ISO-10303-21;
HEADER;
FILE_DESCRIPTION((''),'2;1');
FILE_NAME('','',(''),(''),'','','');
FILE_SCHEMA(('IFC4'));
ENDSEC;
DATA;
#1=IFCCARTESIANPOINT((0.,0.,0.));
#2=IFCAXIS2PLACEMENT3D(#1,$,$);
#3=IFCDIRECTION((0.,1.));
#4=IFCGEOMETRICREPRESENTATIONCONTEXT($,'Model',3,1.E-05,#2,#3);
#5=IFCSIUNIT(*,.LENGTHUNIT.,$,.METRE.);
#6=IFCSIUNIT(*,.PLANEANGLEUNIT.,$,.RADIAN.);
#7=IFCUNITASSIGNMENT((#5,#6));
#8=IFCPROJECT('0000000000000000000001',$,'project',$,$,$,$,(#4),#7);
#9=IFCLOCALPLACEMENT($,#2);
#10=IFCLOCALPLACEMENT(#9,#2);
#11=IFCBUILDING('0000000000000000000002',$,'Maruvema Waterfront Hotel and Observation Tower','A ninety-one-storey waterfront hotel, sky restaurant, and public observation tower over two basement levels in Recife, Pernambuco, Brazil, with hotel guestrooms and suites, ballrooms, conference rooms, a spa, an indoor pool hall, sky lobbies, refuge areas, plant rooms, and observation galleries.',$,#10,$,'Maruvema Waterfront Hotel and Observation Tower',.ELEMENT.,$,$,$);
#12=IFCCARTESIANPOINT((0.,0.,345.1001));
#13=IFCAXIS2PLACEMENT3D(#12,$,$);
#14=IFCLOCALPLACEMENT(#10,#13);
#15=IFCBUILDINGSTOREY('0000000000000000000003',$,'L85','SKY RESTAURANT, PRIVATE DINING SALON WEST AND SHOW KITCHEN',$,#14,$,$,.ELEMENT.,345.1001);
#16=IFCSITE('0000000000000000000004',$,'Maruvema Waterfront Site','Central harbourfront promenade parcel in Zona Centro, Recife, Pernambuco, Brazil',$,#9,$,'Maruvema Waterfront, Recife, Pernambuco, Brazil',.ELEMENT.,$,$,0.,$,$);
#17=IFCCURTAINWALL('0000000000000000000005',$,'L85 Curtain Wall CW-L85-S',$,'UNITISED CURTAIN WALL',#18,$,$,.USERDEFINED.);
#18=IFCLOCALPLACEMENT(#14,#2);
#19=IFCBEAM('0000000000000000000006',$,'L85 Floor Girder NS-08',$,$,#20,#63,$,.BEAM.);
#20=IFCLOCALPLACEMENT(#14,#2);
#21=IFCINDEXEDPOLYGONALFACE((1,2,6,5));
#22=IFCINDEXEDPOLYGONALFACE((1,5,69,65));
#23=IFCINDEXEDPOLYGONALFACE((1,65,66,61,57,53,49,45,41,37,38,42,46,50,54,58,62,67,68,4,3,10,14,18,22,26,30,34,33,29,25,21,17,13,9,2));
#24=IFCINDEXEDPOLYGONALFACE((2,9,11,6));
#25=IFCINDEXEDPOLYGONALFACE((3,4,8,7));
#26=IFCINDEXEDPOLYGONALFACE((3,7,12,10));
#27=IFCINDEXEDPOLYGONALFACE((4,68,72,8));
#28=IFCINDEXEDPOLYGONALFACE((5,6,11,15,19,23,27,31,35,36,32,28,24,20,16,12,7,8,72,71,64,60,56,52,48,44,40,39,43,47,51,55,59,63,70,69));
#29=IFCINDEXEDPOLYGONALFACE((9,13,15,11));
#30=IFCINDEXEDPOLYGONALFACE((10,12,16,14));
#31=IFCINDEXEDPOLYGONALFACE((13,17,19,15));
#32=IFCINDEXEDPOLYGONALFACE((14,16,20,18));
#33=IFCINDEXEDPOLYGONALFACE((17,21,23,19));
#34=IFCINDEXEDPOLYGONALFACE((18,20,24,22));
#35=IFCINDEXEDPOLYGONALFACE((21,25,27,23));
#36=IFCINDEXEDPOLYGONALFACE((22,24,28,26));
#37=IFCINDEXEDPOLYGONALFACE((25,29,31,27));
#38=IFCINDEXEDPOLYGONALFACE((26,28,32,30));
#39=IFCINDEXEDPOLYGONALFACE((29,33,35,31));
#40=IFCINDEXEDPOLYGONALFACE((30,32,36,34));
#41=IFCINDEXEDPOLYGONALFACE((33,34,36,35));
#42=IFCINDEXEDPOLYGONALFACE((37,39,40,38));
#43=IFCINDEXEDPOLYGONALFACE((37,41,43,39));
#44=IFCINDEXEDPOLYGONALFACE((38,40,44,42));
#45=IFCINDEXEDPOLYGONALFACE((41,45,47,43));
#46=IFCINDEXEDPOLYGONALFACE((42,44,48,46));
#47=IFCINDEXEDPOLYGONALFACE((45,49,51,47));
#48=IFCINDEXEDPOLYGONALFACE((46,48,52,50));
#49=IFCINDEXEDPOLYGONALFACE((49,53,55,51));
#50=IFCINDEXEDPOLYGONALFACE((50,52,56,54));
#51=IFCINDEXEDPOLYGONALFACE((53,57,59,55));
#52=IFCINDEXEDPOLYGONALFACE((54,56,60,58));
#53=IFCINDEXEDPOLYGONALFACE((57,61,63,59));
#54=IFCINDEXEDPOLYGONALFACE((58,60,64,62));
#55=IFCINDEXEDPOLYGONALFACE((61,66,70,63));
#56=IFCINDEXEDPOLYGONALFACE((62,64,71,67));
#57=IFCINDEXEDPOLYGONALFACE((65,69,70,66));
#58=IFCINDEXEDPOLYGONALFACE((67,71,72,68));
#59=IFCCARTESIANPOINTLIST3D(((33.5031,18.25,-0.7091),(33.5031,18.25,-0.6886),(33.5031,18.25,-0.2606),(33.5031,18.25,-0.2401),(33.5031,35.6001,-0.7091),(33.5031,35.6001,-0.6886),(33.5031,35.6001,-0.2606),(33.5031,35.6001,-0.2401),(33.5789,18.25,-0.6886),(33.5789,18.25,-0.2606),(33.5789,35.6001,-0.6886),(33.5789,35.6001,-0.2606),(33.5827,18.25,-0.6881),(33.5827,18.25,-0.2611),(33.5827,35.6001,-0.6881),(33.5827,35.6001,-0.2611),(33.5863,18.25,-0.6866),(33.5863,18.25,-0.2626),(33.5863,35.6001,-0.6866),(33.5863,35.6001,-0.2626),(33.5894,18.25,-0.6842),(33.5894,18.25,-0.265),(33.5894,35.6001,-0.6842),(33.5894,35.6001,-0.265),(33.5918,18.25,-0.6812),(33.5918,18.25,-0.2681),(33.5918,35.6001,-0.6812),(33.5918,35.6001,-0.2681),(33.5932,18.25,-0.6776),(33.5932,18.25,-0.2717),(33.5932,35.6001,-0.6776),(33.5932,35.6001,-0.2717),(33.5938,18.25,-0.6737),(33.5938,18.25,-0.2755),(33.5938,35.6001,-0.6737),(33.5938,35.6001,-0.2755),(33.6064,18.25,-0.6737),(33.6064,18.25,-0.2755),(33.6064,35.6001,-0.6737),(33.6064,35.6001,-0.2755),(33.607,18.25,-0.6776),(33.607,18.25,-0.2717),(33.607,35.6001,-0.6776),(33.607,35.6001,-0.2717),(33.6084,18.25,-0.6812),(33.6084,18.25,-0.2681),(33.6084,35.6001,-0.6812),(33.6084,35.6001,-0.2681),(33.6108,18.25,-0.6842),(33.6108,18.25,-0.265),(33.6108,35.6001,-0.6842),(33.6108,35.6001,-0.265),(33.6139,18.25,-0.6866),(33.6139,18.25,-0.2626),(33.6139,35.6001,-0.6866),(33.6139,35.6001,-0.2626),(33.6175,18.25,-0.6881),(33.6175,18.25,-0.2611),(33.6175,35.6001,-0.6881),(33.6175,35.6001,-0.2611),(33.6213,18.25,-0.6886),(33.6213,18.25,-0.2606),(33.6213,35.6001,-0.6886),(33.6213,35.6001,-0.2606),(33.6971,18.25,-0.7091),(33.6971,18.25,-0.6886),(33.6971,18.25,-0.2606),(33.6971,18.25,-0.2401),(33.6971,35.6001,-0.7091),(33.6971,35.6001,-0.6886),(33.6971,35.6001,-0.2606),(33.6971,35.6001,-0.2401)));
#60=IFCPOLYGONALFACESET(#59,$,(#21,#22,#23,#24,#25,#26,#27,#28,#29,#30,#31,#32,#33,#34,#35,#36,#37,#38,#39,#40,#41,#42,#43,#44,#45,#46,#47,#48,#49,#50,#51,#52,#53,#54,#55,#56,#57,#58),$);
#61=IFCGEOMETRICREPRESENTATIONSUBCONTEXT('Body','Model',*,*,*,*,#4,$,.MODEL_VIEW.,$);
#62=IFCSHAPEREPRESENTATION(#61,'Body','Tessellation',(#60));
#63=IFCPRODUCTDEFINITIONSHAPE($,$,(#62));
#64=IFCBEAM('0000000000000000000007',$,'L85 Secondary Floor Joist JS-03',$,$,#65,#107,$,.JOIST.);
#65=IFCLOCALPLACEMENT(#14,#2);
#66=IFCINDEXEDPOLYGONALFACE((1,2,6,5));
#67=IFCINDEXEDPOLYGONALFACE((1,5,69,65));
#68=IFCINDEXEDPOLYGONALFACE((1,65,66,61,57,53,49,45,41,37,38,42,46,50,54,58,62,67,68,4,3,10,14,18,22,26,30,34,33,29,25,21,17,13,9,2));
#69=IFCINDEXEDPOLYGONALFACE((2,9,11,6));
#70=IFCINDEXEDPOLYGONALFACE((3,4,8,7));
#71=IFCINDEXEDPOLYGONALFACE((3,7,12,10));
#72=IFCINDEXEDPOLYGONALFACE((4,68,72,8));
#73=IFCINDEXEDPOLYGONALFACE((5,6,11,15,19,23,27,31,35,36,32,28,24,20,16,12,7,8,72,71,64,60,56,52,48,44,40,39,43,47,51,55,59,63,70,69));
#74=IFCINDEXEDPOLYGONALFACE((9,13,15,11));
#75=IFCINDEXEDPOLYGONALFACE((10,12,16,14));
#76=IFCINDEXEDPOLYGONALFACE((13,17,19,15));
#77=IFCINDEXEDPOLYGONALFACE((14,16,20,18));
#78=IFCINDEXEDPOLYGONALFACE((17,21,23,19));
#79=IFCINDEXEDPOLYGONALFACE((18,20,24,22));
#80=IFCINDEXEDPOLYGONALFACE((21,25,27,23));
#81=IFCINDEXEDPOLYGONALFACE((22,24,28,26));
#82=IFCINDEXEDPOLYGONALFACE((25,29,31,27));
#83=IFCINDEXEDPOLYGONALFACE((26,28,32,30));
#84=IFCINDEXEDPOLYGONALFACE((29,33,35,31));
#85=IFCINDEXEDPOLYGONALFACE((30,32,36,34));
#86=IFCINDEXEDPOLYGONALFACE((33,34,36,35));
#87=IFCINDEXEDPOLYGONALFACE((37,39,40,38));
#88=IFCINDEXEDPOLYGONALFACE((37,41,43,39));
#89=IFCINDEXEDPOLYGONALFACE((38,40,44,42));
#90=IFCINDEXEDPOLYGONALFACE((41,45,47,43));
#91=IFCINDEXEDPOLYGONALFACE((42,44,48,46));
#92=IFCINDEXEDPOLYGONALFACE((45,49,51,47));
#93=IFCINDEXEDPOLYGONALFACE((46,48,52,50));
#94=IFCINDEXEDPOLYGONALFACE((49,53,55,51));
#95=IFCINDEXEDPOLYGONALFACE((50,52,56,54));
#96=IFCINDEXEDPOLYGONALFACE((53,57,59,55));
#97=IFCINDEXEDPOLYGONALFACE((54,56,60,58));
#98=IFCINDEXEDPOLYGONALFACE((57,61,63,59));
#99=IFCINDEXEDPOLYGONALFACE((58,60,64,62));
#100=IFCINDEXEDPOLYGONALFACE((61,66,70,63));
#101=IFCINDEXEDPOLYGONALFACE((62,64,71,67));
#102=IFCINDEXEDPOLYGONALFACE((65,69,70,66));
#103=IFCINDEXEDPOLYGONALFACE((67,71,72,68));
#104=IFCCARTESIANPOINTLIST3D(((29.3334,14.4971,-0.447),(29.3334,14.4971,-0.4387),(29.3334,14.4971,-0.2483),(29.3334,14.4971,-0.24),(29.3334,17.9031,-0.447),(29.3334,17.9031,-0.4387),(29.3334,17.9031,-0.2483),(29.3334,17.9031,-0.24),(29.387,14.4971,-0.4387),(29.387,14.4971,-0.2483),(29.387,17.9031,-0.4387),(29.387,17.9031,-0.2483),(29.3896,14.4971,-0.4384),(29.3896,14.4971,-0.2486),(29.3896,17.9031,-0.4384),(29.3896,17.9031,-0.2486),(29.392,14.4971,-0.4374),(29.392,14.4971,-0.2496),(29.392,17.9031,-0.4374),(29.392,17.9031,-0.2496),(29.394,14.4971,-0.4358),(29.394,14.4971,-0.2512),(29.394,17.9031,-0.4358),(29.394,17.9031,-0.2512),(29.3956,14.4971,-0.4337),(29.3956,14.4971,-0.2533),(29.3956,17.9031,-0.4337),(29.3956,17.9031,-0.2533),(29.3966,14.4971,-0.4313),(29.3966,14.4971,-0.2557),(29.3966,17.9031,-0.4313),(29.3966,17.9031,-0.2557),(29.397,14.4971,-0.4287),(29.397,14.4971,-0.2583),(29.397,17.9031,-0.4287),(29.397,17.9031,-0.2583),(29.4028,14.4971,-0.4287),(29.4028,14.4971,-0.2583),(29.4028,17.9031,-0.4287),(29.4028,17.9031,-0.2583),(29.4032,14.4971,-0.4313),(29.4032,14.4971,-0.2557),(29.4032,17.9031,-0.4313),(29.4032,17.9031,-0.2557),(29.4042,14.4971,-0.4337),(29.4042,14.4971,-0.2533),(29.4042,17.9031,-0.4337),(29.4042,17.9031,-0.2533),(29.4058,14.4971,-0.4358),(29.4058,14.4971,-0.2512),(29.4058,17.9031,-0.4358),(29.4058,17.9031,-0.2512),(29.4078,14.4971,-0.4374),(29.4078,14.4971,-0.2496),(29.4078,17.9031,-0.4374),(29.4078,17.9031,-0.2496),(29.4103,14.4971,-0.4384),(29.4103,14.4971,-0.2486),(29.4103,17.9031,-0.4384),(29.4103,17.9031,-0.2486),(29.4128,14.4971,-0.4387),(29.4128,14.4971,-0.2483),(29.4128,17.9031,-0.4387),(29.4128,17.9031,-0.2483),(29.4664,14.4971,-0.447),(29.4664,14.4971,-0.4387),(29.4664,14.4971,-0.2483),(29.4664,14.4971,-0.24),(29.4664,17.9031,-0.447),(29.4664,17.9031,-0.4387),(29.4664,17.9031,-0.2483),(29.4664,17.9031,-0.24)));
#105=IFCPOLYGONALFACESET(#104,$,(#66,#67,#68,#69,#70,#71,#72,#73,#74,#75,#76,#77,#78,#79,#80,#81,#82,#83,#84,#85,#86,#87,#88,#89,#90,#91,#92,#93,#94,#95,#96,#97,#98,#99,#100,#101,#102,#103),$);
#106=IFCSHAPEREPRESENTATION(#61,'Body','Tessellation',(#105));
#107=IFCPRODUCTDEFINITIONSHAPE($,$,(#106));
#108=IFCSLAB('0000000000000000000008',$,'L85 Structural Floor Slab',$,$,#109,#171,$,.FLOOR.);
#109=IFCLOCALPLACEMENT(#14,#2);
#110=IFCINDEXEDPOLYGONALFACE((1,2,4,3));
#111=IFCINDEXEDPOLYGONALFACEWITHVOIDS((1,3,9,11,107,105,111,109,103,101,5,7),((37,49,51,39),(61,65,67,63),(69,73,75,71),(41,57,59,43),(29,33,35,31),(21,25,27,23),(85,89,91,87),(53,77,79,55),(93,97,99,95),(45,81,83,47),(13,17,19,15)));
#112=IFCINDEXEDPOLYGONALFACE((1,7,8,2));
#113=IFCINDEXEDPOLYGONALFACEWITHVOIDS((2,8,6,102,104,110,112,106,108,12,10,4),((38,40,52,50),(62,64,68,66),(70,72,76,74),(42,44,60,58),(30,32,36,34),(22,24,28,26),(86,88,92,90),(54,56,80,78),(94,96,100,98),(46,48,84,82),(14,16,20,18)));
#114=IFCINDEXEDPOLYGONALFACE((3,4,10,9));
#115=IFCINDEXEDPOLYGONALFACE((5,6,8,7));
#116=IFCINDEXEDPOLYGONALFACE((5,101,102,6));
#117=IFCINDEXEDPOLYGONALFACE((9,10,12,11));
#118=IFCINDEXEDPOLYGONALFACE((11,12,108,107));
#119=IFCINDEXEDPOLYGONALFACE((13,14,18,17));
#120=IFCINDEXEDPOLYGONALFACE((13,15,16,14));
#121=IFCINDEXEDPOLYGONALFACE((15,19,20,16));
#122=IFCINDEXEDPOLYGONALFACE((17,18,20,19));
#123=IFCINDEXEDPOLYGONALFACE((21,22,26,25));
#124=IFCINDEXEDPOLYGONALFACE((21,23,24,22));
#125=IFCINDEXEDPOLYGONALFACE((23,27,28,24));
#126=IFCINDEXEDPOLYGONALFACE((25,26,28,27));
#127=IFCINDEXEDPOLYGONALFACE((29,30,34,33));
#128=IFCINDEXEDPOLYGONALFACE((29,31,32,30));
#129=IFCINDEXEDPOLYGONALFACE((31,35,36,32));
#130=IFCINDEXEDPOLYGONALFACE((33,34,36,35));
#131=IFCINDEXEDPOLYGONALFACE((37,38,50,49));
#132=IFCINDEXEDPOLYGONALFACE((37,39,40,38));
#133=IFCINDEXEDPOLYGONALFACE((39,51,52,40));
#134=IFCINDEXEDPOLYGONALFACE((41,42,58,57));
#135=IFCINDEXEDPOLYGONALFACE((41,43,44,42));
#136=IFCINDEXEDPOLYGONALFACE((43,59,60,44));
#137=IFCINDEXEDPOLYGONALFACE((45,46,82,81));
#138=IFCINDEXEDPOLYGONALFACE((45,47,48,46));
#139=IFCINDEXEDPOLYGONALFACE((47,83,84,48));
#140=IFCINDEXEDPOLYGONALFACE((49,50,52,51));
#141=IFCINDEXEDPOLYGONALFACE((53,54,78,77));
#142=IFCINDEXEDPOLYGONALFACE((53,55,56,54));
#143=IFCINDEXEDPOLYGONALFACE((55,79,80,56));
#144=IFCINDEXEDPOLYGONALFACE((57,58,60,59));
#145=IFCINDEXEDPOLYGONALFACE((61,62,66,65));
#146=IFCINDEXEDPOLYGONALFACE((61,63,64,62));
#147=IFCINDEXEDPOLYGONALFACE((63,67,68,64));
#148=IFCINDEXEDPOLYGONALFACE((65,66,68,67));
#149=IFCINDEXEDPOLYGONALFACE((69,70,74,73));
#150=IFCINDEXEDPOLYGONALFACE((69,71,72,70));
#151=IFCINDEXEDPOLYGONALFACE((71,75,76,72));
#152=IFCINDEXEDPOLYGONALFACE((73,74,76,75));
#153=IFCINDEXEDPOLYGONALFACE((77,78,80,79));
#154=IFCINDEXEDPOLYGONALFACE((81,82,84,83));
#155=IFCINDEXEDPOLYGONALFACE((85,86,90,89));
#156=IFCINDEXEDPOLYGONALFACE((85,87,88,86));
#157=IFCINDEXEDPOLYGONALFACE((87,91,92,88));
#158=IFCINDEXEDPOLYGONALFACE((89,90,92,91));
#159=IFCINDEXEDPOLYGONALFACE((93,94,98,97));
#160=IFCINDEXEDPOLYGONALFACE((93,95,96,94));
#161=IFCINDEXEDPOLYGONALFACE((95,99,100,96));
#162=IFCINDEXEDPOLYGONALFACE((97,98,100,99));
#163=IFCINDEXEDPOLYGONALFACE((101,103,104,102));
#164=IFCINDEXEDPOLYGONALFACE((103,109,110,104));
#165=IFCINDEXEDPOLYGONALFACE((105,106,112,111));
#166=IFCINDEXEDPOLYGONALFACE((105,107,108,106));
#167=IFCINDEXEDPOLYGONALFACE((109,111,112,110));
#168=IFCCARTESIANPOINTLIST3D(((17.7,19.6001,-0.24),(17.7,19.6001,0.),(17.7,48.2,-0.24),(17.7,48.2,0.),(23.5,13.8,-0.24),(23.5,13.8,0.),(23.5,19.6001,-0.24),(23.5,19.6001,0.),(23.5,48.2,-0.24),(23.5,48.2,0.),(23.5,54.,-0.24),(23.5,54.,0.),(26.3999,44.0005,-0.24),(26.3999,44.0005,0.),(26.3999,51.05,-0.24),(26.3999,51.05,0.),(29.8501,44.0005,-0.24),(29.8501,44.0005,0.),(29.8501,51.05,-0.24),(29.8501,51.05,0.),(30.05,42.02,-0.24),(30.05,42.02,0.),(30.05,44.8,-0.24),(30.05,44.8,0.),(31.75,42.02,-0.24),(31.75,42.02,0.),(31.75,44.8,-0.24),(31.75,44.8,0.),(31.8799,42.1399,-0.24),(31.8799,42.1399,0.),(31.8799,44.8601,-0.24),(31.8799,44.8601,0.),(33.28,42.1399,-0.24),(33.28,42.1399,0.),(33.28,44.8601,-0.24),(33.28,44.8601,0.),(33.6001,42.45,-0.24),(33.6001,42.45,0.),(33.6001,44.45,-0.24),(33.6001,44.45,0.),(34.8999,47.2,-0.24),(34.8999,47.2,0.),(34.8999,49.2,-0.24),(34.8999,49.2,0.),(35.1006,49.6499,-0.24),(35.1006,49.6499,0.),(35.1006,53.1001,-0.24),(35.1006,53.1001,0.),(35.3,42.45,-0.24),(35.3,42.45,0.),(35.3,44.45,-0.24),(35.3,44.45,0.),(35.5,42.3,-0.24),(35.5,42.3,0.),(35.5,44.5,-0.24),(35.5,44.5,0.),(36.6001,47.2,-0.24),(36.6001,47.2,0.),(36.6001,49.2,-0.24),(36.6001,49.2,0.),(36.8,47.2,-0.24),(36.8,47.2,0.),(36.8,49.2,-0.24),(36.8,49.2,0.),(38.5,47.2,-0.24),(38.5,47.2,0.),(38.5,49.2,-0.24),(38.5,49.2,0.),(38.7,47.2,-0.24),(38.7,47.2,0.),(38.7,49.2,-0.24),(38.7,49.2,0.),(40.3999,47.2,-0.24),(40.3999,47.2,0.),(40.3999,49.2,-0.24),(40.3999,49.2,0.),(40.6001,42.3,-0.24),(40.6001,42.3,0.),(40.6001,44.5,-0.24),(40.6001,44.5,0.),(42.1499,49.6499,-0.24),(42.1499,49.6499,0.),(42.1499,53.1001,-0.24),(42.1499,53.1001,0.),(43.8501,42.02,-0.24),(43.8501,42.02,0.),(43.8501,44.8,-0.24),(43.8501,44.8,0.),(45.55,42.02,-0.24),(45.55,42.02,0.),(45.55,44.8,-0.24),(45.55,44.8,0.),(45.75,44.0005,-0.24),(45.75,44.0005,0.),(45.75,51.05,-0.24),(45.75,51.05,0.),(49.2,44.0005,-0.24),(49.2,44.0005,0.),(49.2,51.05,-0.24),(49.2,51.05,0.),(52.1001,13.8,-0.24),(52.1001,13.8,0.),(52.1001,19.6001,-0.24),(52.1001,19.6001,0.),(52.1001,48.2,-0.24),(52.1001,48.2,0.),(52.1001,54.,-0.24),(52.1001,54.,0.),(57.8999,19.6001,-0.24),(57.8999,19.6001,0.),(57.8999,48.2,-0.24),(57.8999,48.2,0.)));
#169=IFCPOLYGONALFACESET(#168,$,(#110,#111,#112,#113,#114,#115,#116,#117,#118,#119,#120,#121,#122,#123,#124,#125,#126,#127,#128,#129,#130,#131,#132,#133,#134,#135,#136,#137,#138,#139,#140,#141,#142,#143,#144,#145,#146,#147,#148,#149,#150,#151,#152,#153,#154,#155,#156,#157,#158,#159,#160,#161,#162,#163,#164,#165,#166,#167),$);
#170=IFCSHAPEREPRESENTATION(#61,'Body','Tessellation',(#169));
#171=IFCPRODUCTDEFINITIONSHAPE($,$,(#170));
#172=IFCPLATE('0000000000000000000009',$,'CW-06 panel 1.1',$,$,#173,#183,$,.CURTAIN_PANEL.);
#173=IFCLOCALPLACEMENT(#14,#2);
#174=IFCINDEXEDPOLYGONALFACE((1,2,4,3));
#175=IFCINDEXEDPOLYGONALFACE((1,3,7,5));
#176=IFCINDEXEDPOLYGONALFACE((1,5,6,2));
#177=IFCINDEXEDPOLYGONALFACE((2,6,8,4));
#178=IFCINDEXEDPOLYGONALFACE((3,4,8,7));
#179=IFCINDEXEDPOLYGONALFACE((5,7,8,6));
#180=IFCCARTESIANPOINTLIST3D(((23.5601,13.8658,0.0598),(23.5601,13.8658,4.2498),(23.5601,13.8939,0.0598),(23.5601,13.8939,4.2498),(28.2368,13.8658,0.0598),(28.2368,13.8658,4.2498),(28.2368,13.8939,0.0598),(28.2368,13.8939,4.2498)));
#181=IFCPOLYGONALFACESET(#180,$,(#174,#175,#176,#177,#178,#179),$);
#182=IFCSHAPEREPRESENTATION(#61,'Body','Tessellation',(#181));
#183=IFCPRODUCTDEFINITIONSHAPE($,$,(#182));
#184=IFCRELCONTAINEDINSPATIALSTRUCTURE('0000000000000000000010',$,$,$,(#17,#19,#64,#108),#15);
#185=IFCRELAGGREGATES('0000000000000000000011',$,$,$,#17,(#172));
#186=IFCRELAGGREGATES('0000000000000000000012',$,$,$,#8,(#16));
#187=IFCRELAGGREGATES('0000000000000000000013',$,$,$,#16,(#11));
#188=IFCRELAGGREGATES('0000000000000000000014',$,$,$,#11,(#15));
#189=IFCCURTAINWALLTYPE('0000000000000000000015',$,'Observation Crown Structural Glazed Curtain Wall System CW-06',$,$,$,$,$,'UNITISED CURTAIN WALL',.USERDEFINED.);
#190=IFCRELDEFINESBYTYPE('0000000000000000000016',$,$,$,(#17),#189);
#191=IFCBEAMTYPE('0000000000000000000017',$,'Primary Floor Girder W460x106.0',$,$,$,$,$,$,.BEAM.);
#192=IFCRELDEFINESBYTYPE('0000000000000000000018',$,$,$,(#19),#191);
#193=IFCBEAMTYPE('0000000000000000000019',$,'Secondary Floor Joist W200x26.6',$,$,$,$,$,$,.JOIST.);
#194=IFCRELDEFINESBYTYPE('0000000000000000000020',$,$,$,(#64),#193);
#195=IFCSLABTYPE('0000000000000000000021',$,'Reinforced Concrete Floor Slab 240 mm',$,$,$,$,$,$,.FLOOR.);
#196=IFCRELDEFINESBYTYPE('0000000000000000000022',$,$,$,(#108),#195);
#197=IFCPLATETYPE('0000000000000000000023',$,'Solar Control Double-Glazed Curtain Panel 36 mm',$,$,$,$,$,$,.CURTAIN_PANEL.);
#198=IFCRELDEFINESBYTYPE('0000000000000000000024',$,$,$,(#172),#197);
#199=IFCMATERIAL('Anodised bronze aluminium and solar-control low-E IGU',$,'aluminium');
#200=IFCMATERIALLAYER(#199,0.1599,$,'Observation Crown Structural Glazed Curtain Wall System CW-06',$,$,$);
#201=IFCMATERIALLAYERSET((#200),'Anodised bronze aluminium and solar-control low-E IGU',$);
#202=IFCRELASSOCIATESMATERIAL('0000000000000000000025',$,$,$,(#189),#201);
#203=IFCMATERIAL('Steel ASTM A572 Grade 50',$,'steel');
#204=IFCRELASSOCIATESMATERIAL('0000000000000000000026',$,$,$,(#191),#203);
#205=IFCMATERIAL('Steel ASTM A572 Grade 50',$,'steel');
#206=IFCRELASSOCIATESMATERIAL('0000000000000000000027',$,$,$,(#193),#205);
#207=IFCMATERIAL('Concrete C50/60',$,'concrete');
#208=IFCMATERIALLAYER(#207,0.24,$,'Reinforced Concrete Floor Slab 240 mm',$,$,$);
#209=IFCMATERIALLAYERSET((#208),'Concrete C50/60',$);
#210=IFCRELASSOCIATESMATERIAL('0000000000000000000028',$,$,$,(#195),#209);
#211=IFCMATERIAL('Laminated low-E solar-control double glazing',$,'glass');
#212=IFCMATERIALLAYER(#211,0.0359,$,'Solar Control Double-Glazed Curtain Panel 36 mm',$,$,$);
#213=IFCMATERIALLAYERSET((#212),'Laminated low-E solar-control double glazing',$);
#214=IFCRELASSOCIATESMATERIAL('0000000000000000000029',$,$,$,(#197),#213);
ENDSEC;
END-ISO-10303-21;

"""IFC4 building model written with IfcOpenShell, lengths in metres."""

from ifc_helpers import new_model, si_unit, direction, frame, origin, origin_2d, place, context, subcontext, project, spatial, polyline, rectangle, i_section, outline, extrude, material, layer, layer_set, material_profile, profile_set, type_object, element, aggregate, save


model = new_model("IFC4")

# Units and contexts
model_context = context("Model", 3, precision=1e-05, world=origin(), true_north=direction((0.0, 1.0)))
body_context = subcontext(model_context, "Body", "Model", "MODEL_VIEW")
ifc_project = project(units=[si_unit("LENGTHUNIT", "METRE"), si_unit("PLANEANGLEUNIT", "RADIAN")], contexts=[model_context])

# Site, building, storey
site_placement = place(None, origin())
site = spatial("IfcSite", under=ifc_project, at=site_placement, Name="Maruvema Waterfront Site", Description="Central harbourfront promenade parcel in Zona Centro, Recife, Pernambuco, Brazil", LongName="Maruvema Waterfront, Recife, Pernambuco, Brazil", CompositionType="ELEMENT", RefElevation=0.0)
building_placement = place(site_placement, origin())
building = spatial("IfcBuilding", under=site, at=building_placement, Name="Maruvema Waterfront Hotel and Observation Tower", Description="A ninety-one-storey waterfront hotel, sky restaurant, and public observation tower over two basement levels in Recife, Pernambuco, Brazil, with hotel guestrooms and suites, ballrooms, conference rooms, a spa, an indoor pool hall, sky lobbies, refuge areas, plant rooms, and observation galleries.", LongName="Maruvema Waterfront Hotel and Observation Tower", CompositionType="ELEMENT")
storey_placement = place(building_placement, frame((0.0, 0.0, 345.1001)))
storey = spatial("IfcBuildingStorey", under=building, at=storey_placement, Name="L85", Description="SKY RESTAURANT, PRIVATE DINING SALON WEST AND SHOW KITCHEN", CompositionType="ELEMENT", Elevation=345.1001)

# Curtain wall
ifc_material_1 = material(Name="Anodised bronze aluminium and solar-control low-E IGU", Category="aluminium")
ifc_layer_1 = layer(ifc_material_1, 0.1599, Name="Observation Crown Structural Glazed Curtain Wall System CW-06")
ifc_layer_set_1 = layer_set([ifc_layer_1], Name="Anodised bronze aluminium and solar-control low-E IGU")
curtain_wall_type = type_object("IfcCurtainWallType", Name="Observation Crown Structural Glazed Curtain Wall System CW-06", ElementType="UNITISED CURTAIN WALL", PredefinedType="USERDEFINED", material=ifc_layer_set_1)
curtain_wall_placement = place(storey_placement, origin())
curtain_wall = element("IfcCurtainWall", 1, at=curtain_wall_placement, inside=storey, type_object=curtain_wall_type, Name="L85 Curtain Wall CW-L85-S", ObjectType="UNITISED CURTAIN WALL", PredefinedType="USERDEFINED")

# Beams
ifc_material_2 = material(Name="Steel ASTM A572 Grade 50", Category="steel")
ifc_material_profile_1 = material_profile(ifc_material_2, i_section(OverallWidth=0.1941, OverallDepth=0.469, WebThickness=0.0127, FlangeThickness=0.0205, FilletRadius=0.0149, at=origin_2d()), Name="W460x106.0")
ifc_profile_set_1 = profile_set([ifc_material_profile_1], Name="Steel ASTM A572 Grade 50")
beam_type_1 = type_object("IfcBeamType", Name="Primary Floor Girder W460x106.0", PredefinedType="BEAM", material=ifc_profile_set_1)
beam_1_placement = place(storey_placement, frame((33.6001, 18.25, -0.4746), z_axis=(0.0, 1.0, 0.0), x_axis=(-1.0, 0.0, 0.0)))
element("IfcBeam", 2, at=beam_1_placement, inside=storey, type_object=beam_type_1, Name="L85 Floor Girder NS-08", PredefinedType="BEAM", context=body_context, shape_type="SweptSolid", body=[
    extrude(i_section(OverallWidth=0.1941, OverallDepth=0.469, WebThickness=0.0127, FlangeThickness=0.0205, FilletRadius=0.0149, at=origin_2d()), origin(), (0.0, 0.0, 1.0), 17.3501),
])
ifc_material_3 = material(Name="Steel ASTM A572 Grade 50", Category="steel")
ifc_material_profile_2 = material_profile(ifc_material_3, i_section(OverallWidth=0.1331, OverallDepth=0.207, WebThickness=0.0059, FlangeThickness=0.0083, FilletRadius=0.01, at=origin_2d()), Name="W200x26.6")
ifc_profile_set_2 = profile_set([ifc_material_profile_2], Name="Steel ASTM A572 Grade 50")
beam_type_2 = type_object("IfcBeamType", Name="Secondary Floor Joist W200x26.6", PredefinedType="JOIST", material=ifc_profile_set_2)
beam_2_placement = place(storey_placement, frame((29.3999, 14.4971, -0.3435), z_axis=(0.0, 1.0, 0.0), x_axis=(-1.0, 0.0, 0.0)))
element("IfcBeam", 3, at=beam_2_placement, inside=storey, type_object=beam_type_2, Name="L85 Secondary Floor Joist JS-03", PredefinedType="JOIST", context=body_context, shape_type="SweptSolid", body=[
    extrude(i_section(OverallWidth=0.1331, OverallDepth=0.207, WebThickness=0.0059, FlangeThickness=0.0083, FilletRadius=0.01, at=origin_2d()), origin(), (0.0, 0.0, 1.0), 3.406),
])

# Slab
ifc_material_4 = material(Name="Concrete C50/60", Category="concrete")
ifc_layer_2 = layer(ifc_material_4, 0.24, Name="Reinforced Concrete Floor Slab 240 mm")
ifc_layer_set_2 = layer_set([ifc_layer_2], Name="Concrete C50/60")
slab_type_1 = type_object("IfcSlabType", Name="Reinforced Concrete Floor Slab 240 mm", PredefinedType="FLOOR", material=ifc_layer_set_2)
slab_1_placement = place(storey_placement, frame((0.0, 0.0, -0.24)))
element("IfcSlab", 4, at=slab_1_placement, inside=storey, type_object=slab_type_1, Name="L85 Structural Floor Slab", PredefinedType="FLOOR", context=body_context, shape_type="SweptSolid", body=[
    extrude(outline(polyline([(23.5, 13.8), (52.1001, 13.8), (52.1001, 19.6001), (57.8999, 19.6001), (57.8999, 48.2), (52.1001, 48.2), (52.1001, 54.0), (23.5, 54.0), (23.5, 48.2), (17.7, 48.2), (17.7, 19.6001), (23.5, 19.6001), (23.5, 13.8)]), holes=[polyline([(26.3999, 44.0005), (26.3999, 51.05), (29.8501, 51.05), (29.8501, 44.0005), (26.3999, 44.0005)]), polyline([(30.05, 44.8), (31.75, 44.8), (31.75, 42.02), (30.05, 42.02), (30.05, 44.8)]), polyline([(31.8799, 42.1399), (31.8799, 44.8601), (33.28, 44.8601), (33.28, 42.1399), (31.8799, 42.1399)]), polyline([(33.6001, 44.45), (35.3, 44.45), (35.3, 42.45), (33.6001, 42.45), (33.6001, 44.45)]), polyline([(34.8999, 49.2), (36.6001, 49.2), (36.6001, 47.2), (34.8999, 47.2), (34.8999, 49.2)]), polyline([(36.8, 47.2), (36.8, 49.2), (38.5, 49.2), (38.5, 47.2), (36.8, 47.2)]), polyline([(35.5, 42.3), (35.5, 44.5), (40.6001, 44.5), (40.6001, 42.3), (35.5, 42.3)]), polyline([(35.1006, 53.1001), (42.1499, 53.1001), (42.1499, 49.6499), (35.1006, 49.6499), (35.1006, 53.1001)]), polyline([(38.7, 49.2), (40.3999, 49.2), (40.3999, 47.2), (38.7, 47.2), (38.7, 49.2)]), polyline([(43.8501, 44.8), (45.55, 44.8), (45.55, 42.02), (43.8501, 42.02), (43.8501, 44.8)]), polyline([(45.75, 44.0005), (45.75, 51.05), (49.2, 51.05), (49.2, 44.0005), (45.75, 44.0005)])]), origin(), (0.0, 0.0, 1.0), 0.24),
])

# Plate
ifc_material_5 = material(Name="Laminated low-E solar-control double glazing", Category="glass")
ifc_layer_3 = layer(ifc_material_5, 0.0359, Name="Solar Control Double-Glazed Curtain Panel 36 mm")
ifc_layer_set_3 = layer_set([ifc_layer_3], Name="Laminated low-E solar-control double glazing")
plate_type = type_object("IfcPlateType", Name="Solar Control Double-Glazed Curtain Panel 36 mm", PredefinedType="CURTAIN_PANEL", material=ifc_layer_set_3)
plate_1_placement = place(storey_placement, frame((25.8984, 13.8799, 0.0598), z_axis=(0.0, 0.0, 1.0), x_axis=(1.0, 0.0, 0.0)))
plate_1 = element("IfcPlate", 5, at=plate_1_placement, type_object=plate_type, Name="CW-06 panel 1.1", PredefinedType="CURTAIN_PANEL", context=body_context, shape_type="SweptSolid", body=[
    extrude(rectangle(XDim=4.6768, YDim=0.0281, at=origin_2d()), origin(), (0.0, 0.0, 1.0), 4.1899),
])
aggregate(curtain_wall, [plate_1])

save(model, "model.ifc")
